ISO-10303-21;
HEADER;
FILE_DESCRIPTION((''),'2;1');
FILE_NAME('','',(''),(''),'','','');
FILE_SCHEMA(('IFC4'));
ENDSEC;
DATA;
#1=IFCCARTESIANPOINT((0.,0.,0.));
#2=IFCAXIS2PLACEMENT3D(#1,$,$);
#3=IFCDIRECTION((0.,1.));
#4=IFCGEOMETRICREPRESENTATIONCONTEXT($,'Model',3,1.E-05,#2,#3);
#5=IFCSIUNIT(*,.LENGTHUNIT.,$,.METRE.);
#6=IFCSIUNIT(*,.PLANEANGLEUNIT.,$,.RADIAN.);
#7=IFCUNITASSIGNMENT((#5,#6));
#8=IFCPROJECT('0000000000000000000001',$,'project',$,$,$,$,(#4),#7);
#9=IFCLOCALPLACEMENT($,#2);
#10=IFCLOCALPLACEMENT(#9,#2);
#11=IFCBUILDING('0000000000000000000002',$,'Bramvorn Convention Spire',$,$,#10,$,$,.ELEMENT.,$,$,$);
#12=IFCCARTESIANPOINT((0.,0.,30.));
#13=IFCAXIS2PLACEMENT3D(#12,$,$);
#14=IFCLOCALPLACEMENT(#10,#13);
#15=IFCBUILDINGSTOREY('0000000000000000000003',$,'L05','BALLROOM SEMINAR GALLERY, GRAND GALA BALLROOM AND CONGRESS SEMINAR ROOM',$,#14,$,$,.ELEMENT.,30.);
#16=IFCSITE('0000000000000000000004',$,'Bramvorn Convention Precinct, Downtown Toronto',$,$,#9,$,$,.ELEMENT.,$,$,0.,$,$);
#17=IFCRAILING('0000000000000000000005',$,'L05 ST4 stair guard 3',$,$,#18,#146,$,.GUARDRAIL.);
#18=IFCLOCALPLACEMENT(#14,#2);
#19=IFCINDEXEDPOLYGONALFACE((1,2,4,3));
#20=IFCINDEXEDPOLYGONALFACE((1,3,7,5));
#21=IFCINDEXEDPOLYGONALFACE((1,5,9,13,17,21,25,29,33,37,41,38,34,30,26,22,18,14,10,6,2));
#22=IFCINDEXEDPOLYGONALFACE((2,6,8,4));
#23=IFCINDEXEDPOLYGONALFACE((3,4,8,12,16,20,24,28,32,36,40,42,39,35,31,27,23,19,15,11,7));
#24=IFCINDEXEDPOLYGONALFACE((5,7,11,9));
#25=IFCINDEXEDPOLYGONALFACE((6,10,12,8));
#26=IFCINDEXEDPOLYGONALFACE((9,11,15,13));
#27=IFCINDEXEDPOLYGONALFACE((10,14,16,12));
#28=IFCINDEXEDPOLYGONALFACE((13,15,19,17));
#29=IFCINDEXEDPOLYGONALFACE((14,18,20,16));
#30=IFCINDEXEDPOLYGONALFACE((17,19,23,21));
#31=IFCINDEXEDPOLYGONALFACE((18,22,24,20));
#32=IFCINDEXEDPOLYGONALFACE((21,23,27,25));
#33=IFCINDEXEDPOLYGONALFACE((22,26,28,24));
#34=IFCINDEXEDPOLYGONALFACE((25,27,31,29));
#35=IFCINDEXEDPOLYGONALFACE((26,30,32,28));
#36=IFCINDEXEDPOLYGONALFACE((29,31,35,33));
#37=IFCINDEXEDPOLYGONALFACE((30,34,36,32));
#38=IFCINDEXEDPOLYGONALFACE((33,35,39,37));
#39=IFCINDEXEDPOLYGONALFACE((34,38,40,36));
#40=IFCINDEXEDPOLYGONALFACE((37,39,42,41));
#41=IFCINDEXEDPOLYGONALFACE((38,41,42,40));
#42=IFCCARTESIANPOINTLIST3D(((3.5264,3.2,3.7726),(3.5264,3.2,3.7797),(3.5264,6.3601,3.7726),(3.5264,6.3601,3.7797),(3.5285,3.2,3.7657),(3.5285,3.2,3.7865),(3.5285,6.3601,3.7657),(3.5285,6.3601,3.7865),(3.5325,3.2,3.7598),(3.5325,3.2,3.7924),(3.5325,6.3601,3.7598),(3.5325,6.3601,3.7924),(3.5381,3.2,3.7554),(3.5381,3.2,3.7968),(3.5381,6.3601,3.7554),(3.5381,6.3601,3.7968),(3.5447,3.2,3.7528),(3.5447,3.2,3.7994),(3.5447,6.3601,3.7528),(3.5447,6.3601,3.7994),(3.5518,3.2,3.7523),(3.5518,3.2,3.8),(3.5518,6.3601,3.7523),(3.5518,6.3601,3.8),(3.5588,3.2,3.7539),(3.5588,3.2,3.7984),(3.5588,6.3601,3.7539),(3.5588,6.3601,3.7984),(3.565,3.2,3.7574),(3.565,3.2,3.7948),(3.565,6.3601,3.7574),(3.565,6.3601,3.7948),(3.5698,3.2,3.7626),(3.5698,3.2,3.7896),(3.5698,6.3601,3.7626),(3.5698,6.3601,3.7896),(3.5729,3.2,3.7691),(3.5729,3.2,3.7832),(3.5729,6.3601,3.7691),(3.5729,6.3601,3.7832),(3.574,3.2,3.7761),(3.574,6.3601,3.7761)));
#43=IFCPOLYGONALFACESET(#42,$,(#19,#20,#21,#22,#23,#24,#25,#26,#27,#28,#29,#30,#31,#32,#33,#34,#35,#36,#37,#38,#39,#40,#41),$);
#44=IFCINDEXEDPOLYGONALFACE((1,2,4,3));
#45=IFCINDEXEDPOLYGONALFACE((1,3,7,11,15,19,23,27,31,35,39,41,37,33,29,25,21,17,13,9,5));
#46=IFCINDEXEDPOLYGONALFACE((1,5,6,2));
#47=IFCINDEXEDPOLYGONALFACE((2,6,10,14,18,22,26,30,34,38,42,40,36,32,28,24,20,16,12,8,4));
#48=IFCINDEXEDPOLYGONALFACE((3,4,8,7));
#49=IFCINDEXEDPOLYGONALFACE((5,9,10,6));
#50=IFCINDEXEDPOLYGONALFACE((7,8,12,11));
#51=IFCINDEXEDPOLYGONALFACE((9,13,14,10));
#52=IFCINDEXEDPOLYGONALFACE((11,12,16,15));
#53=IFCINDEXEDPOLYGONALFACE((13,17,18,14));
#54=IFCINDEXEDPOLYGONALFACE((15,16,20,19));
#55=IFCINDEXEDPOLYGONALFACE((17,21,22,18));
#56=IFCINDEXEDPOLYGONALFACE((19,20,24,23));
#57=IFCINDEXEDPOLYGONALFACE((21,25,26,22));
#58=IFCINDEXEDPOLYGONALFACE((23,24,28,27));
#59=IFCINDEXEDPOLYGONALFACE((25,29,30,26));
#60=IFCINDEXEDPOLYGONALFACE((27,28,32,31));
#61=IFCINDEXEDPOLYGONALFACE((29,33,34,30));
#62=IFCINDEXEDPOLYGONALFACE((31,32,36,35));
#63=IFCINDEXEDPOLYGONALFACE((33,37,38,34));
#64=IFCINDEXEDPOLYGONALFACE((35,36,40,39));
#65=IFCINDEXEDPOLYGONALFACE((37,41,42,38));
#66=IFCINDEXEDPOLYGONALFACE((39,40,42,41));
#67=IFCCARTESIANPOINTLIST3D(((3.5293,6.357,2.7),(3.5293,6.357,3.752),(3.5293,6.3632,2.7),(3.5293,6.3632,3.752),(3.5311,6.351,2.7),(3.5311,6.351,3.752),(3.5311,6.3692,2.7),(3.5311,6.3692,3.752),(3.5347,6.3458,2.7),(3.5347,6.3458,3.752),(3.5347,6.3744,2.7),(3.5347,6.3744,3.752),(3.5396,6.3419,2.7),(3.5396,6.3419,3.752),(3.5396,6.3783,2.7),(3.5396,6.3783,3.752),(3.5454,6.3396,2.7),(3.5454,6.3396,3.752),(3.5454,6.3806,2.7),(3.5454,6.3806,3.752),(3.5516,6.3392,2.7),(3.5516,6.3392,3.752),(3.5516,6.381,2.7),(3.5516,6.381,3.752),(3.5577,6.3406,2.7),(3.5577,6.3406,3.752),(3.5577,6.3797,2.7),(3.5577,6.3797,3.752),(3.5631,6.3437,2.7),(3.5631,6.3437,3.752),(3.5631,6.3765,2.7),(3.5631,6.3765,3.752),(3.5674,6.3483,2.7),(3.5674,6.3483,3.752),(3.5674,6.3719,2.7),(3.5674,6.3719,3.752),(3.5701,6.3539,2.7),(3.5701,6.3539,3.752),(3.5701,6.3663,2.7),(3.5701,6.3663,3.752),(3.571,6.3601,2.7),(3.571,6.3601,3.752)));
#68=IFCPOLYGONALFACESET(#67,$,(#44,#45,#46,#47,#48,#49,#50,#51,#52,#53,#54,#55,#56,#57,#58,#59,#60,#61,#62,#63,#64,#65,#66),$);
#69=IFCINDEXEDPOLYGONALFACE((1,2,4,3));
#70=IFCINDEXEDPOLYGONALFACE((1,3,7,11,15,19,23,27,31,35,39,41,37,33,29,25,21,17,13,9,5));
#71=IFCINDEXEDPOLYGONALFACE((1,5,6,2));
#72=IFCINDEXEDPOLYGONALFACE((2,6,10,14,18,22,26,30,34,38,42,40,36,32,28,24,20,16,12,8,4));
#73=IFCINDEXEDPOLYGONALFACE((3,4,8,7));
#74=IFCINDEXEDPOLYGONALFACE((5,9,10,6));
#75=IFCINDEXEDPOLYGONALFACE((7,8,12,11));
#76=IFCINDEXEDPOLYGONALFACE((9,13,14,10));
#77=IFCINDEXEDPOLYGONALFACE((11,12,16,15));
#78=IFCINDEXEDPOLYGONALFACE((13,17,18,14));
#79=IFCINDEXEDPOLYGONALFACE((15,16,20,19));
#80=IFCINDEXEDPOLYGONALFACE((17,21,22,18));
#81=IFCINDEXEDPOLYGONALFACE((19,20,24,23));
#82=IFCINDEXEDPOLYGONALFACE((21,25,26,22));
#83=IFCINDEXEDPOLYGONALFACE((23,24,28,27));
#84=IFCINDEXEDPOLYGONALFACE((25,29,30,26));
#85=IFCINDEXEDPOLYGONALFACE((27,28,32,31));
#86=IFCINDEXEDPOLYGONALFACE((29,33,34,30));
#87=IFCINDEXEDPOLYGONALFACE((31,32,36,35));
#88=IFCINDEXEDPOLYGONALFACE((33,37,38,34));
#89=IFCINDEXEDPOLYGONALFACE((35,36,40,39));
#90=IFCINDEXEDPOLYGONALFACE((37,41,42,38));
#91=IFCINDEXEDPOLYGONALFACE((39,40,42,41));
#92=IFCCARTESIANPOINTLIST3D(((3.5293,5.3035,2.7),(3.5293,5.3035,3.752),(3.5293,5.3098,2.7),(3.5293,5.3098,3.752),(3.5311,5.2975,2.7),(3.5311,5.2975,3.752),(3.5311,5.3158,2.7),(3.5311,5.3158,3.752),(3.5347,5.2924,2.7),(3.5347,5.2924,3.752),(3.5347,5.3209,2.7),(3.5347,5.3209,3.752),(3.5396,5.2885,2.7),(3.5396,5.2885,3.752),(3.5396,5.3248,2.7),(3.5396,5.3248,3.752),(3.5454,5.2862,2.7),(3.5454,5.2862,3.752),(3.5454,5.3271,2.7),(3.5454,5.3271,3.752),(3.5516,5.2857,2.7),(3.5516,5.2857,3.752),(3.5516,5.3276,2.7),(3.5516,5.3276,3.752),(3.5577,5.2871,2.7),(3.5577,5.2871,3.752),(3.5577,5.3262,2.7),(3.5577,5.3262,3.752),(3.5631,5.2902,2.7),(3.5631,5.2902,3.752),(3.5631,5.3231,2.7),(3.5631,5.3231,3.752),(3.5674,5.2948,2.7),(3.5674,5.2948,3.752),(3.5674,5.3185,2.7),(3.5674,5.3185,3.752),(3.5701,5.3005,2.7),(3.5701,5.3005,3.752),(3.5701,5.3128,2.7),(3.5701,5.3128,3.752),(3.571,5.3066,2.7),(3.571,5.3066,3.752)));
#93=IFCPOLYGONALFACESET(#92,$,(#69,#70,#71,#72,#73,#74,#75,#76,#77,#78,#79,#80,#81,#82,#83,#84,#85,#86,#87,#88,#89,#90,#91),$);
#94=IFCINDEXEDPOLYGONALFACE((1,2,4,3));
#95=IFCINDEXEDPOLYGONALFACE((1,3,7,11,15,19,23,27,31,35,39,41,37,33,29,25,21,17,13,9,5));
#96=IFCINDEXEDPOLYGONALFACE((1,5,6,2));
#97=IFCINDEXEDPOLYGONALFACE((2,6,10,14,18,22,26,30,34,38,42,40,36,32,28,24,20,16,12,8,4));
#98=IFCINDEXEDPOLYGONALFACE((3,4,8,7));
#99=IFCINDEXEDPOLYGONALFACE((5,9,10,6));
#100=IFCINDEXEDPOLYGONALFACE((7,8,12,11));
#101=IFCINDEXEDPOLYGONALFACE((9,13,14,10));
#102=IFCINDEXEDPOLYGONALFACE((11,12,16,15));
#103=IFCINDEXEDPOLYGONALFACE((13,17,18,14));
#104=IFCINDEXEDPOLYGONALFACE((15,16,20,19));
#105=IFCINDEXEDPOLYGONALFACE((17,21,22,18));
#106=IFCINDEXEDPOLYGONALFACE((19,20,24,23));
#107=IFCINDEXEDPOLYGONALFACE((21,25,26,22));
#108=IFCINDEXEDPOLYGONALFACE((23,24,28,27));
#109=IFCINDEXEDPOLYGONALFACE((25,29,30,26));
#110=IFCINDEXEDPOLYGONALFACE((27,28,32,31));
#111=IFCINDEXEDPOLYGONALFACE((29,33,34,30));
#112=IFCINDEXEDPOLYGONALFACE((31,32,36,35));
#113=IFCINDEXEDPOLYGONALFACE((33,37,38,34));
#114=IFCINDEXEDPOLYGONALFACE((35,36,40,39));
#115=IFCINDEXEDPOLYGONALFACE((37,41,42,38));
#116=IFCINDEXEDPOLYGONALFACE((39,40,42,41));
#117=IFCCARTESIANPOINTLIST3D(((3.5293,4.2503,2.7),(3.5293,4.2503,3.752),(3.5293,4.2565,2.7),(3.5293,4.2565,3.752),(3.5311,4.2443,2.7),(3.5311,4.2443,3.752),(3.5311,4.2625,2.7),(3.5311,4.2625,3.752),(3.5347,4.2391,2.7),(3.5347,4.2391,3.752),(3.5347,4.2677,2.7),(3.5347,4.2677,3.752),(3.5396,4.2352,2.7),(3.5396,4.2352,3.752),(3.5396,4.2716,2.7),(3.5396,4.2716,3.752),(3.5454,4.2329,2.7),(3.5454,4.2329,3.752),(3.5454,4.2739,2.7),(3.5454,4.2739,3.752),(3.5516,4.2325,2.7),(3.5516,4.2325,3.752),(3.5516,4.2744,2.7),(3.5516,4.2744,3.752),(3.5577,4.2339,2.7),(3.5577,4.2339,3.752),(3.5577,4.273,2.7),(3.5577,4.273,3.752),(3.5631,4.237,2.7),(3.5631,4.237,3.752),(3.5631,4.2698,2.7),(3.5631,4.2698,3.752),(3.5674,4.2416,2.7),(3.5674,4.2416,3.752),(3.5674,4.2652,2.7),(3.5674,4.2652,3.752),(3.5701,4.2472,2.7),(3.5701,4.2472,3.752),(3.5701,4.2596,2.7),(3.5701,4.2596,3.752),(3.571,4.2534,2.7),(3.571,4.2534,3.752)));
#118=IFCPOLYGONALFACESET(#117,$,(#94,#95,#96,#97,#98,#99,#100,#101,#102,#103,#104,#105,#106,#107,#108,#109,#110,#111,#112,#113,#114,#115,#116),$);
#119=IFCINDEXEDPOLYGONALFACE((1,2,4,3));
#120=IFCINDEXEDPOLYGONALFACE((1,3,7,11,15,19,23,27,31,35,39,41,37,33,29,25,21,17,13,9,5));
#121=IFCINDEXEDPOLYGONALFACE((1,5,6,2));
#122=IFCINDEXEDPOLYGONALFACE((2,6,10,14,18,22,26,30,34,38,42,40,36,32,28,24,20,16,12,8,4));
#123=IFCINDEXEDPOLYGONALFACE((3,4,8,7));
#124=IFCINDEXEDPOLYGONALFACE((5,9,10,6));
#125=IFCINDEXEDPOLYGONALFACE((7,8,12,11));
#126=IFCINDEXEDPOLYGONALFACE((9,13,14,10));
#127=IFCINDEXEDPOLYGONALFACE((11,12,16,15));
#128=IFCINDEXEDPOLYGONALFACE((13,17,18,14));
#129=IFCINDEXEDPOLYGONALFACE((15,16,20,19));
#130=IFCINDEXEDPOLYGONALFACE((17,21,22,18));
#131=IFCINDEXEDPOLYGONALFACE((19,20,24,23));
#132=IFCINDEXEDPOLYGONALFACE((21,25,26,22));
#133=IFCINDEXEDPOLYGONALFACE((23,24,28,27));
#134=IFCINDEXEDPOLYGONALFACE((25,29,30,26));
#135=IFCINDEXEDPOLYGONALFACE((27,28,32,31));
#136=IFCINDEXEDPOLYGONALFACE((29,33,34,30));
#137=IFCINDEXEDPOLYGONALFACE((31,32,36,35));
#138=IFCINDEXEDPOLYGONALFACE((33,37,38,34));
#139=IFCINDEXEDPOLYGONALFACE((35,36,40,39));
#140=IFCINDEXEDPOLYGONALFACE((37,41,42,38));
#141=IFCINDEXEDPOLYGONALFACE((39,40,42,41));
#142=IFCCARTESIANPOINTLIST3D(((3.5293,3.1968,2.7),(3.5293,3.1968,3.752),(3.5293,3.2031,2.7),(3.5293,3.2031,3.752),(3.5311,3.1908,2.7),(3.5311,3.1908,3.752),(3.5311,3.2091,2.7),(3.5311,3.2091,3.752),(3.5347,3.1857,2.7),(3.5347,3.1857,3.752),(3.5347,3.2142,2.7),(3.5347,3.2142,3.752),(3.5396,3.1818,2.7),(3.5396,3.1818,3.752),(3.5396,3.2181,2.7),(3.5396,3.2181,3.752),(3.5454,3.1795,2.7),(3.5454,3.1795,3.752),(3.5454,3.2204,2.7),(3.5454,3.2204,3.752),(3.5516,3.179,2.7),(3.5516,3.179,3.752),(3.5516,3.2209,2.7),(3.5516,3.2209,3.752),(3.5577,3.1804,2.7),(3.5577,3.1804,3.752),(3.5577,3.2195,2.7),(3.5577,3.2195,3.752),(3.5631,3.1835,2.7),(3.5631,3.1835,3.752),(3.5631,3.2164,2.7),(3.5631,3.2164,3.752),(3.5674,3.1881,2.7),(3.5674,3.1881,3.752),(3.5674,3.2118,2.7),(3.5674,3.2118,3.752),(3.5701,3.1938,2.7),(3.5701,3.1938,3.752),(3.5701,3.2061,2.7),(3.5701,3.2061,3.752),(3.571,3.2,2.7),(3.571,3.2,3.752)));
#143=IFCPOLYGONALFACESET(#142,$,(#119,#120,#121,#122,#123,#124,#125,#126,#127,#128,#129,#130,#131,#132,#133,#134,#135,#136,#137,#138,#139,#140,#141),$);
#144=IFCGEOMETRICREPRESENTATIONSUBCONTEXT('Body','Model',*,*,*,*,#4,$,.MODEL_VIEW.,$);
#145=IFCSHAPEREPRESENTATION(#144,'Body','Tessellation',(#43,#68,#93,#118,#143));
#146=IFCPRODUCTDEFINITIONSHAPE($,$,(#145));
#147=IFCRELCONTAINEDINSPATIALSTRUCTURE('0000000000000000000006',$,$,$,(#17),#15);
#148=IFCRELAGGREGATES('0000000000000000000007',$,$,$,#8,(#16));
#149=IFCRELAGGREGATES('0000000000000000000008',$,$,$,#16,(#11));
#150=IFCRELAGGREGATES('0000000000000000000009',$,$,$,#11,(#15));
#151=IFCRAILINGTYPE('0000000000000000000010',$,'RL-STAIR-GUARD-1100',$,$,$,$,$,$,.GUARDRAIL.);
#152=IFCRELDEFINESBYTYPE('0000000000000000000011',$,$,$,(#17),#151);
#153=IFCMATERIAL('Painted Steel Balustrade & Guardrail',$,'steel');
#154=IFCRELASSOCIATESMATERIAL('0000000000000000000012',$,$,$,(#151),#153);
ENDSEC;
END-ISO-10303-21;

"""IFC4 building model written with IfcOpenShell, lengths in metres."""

from ifc_helpers import new_model, si_unit, direction, frame, origin, origin_2d, place, context, subcontext, project, spatial, circle, extrude, material, type_object, element, save


model = new_model("IFC4")

# Units and contexts
model_context = context("Model", 3, precision=1e-05, world=origin(), true_north=direction((0.0, 1.0)))
body_context = subcontext(model_context, "Body", "Model", "MODEL_VIEW")
ifc_project = project(units=[si_unit("LENGTHUNIT", "METRE"), si_unit("PLANEANGLEUNIT", "RADIAN")], contexts=[model_context])

# Site, building, storey
site_placement = place(None, origin())
site = spatial("IfcSite", under=ifc_project, at=site_placement, Name="Bramvorn Convention Precinct, Downtown Toronto", CompositionType="ELEMENT", RefElevation=0.0)
building_placement = place(site_placement, origin())
building = spatial("IfcBuilding", under=site, at=building_placement, Name="Bramvorn Convention Spire", CompositionType="ELEMENT")
storey_placement = place(building_placement, frame((0.0, 0.0, 30.0)))
storey = spatial("IfcBuildingStorey", under=building, at=storey_placement, Name="L05", Description="BALLROOM SEMINAR GALLERY, GRAND GALA BALLROOM AND CONGRESS SEMINAR ROOM", CompositionType="ELEMENT", Elevation=30.0)

# Railing
ifc_material_1 = material(Name="Painted Steel Balustrade & Guardrail", Category="steel")
railing_type_1 = type_object("IfcRailingType", Name="RL-STAIR-GUARD-1100", PredefinedType="GUARDRAIL", material=ifc_material_1)
for number, where, name in (
    (1, (3.55, 6.3601, 2.7), "L05 ST4 stair guard 3"),
):
    element("IfcRailing", number, at=place(storey_placement, frame(where)), inside=storey, type_object=railing_type_1, Name=name, PredefinedType="GUARDRAIL", context=body_context, shape_type="SweptSolid", body=[
        extrude(circle(Radius=0.0239, at=origin_2d()), frame((0.0, 0.0, 1.0762), z_axis=(0.0, -1.0, 0.0), x_axis=(1.0, 0.0, 0.0)), (0.0, 0.0, 1.0), 3.1602),
        extrude(circle(Radius=0.021, at=origin_2d()), origin(), (0.0, 0.0, 1.0), 1.052),
        extrude(circle(Radius=0.021, at=origin_2d()), frame((0.0, -1.0535, 0.0)), (0.0, 0.0, 1.0), 1.052),
        extrude(circle(Radius=0.021, at=origin_2d()), frame((0.0, -2.1067, 0.0)), (0.0, 0.0, 1.0), 1.052),
        extrude(circle(Radius=0.021, at=origin_2d()), frame((0.0, -3.1602, 0.0)), (0.0, 0.0, 1.0), 1.052),
    ])

save(model, "model.ifc")
